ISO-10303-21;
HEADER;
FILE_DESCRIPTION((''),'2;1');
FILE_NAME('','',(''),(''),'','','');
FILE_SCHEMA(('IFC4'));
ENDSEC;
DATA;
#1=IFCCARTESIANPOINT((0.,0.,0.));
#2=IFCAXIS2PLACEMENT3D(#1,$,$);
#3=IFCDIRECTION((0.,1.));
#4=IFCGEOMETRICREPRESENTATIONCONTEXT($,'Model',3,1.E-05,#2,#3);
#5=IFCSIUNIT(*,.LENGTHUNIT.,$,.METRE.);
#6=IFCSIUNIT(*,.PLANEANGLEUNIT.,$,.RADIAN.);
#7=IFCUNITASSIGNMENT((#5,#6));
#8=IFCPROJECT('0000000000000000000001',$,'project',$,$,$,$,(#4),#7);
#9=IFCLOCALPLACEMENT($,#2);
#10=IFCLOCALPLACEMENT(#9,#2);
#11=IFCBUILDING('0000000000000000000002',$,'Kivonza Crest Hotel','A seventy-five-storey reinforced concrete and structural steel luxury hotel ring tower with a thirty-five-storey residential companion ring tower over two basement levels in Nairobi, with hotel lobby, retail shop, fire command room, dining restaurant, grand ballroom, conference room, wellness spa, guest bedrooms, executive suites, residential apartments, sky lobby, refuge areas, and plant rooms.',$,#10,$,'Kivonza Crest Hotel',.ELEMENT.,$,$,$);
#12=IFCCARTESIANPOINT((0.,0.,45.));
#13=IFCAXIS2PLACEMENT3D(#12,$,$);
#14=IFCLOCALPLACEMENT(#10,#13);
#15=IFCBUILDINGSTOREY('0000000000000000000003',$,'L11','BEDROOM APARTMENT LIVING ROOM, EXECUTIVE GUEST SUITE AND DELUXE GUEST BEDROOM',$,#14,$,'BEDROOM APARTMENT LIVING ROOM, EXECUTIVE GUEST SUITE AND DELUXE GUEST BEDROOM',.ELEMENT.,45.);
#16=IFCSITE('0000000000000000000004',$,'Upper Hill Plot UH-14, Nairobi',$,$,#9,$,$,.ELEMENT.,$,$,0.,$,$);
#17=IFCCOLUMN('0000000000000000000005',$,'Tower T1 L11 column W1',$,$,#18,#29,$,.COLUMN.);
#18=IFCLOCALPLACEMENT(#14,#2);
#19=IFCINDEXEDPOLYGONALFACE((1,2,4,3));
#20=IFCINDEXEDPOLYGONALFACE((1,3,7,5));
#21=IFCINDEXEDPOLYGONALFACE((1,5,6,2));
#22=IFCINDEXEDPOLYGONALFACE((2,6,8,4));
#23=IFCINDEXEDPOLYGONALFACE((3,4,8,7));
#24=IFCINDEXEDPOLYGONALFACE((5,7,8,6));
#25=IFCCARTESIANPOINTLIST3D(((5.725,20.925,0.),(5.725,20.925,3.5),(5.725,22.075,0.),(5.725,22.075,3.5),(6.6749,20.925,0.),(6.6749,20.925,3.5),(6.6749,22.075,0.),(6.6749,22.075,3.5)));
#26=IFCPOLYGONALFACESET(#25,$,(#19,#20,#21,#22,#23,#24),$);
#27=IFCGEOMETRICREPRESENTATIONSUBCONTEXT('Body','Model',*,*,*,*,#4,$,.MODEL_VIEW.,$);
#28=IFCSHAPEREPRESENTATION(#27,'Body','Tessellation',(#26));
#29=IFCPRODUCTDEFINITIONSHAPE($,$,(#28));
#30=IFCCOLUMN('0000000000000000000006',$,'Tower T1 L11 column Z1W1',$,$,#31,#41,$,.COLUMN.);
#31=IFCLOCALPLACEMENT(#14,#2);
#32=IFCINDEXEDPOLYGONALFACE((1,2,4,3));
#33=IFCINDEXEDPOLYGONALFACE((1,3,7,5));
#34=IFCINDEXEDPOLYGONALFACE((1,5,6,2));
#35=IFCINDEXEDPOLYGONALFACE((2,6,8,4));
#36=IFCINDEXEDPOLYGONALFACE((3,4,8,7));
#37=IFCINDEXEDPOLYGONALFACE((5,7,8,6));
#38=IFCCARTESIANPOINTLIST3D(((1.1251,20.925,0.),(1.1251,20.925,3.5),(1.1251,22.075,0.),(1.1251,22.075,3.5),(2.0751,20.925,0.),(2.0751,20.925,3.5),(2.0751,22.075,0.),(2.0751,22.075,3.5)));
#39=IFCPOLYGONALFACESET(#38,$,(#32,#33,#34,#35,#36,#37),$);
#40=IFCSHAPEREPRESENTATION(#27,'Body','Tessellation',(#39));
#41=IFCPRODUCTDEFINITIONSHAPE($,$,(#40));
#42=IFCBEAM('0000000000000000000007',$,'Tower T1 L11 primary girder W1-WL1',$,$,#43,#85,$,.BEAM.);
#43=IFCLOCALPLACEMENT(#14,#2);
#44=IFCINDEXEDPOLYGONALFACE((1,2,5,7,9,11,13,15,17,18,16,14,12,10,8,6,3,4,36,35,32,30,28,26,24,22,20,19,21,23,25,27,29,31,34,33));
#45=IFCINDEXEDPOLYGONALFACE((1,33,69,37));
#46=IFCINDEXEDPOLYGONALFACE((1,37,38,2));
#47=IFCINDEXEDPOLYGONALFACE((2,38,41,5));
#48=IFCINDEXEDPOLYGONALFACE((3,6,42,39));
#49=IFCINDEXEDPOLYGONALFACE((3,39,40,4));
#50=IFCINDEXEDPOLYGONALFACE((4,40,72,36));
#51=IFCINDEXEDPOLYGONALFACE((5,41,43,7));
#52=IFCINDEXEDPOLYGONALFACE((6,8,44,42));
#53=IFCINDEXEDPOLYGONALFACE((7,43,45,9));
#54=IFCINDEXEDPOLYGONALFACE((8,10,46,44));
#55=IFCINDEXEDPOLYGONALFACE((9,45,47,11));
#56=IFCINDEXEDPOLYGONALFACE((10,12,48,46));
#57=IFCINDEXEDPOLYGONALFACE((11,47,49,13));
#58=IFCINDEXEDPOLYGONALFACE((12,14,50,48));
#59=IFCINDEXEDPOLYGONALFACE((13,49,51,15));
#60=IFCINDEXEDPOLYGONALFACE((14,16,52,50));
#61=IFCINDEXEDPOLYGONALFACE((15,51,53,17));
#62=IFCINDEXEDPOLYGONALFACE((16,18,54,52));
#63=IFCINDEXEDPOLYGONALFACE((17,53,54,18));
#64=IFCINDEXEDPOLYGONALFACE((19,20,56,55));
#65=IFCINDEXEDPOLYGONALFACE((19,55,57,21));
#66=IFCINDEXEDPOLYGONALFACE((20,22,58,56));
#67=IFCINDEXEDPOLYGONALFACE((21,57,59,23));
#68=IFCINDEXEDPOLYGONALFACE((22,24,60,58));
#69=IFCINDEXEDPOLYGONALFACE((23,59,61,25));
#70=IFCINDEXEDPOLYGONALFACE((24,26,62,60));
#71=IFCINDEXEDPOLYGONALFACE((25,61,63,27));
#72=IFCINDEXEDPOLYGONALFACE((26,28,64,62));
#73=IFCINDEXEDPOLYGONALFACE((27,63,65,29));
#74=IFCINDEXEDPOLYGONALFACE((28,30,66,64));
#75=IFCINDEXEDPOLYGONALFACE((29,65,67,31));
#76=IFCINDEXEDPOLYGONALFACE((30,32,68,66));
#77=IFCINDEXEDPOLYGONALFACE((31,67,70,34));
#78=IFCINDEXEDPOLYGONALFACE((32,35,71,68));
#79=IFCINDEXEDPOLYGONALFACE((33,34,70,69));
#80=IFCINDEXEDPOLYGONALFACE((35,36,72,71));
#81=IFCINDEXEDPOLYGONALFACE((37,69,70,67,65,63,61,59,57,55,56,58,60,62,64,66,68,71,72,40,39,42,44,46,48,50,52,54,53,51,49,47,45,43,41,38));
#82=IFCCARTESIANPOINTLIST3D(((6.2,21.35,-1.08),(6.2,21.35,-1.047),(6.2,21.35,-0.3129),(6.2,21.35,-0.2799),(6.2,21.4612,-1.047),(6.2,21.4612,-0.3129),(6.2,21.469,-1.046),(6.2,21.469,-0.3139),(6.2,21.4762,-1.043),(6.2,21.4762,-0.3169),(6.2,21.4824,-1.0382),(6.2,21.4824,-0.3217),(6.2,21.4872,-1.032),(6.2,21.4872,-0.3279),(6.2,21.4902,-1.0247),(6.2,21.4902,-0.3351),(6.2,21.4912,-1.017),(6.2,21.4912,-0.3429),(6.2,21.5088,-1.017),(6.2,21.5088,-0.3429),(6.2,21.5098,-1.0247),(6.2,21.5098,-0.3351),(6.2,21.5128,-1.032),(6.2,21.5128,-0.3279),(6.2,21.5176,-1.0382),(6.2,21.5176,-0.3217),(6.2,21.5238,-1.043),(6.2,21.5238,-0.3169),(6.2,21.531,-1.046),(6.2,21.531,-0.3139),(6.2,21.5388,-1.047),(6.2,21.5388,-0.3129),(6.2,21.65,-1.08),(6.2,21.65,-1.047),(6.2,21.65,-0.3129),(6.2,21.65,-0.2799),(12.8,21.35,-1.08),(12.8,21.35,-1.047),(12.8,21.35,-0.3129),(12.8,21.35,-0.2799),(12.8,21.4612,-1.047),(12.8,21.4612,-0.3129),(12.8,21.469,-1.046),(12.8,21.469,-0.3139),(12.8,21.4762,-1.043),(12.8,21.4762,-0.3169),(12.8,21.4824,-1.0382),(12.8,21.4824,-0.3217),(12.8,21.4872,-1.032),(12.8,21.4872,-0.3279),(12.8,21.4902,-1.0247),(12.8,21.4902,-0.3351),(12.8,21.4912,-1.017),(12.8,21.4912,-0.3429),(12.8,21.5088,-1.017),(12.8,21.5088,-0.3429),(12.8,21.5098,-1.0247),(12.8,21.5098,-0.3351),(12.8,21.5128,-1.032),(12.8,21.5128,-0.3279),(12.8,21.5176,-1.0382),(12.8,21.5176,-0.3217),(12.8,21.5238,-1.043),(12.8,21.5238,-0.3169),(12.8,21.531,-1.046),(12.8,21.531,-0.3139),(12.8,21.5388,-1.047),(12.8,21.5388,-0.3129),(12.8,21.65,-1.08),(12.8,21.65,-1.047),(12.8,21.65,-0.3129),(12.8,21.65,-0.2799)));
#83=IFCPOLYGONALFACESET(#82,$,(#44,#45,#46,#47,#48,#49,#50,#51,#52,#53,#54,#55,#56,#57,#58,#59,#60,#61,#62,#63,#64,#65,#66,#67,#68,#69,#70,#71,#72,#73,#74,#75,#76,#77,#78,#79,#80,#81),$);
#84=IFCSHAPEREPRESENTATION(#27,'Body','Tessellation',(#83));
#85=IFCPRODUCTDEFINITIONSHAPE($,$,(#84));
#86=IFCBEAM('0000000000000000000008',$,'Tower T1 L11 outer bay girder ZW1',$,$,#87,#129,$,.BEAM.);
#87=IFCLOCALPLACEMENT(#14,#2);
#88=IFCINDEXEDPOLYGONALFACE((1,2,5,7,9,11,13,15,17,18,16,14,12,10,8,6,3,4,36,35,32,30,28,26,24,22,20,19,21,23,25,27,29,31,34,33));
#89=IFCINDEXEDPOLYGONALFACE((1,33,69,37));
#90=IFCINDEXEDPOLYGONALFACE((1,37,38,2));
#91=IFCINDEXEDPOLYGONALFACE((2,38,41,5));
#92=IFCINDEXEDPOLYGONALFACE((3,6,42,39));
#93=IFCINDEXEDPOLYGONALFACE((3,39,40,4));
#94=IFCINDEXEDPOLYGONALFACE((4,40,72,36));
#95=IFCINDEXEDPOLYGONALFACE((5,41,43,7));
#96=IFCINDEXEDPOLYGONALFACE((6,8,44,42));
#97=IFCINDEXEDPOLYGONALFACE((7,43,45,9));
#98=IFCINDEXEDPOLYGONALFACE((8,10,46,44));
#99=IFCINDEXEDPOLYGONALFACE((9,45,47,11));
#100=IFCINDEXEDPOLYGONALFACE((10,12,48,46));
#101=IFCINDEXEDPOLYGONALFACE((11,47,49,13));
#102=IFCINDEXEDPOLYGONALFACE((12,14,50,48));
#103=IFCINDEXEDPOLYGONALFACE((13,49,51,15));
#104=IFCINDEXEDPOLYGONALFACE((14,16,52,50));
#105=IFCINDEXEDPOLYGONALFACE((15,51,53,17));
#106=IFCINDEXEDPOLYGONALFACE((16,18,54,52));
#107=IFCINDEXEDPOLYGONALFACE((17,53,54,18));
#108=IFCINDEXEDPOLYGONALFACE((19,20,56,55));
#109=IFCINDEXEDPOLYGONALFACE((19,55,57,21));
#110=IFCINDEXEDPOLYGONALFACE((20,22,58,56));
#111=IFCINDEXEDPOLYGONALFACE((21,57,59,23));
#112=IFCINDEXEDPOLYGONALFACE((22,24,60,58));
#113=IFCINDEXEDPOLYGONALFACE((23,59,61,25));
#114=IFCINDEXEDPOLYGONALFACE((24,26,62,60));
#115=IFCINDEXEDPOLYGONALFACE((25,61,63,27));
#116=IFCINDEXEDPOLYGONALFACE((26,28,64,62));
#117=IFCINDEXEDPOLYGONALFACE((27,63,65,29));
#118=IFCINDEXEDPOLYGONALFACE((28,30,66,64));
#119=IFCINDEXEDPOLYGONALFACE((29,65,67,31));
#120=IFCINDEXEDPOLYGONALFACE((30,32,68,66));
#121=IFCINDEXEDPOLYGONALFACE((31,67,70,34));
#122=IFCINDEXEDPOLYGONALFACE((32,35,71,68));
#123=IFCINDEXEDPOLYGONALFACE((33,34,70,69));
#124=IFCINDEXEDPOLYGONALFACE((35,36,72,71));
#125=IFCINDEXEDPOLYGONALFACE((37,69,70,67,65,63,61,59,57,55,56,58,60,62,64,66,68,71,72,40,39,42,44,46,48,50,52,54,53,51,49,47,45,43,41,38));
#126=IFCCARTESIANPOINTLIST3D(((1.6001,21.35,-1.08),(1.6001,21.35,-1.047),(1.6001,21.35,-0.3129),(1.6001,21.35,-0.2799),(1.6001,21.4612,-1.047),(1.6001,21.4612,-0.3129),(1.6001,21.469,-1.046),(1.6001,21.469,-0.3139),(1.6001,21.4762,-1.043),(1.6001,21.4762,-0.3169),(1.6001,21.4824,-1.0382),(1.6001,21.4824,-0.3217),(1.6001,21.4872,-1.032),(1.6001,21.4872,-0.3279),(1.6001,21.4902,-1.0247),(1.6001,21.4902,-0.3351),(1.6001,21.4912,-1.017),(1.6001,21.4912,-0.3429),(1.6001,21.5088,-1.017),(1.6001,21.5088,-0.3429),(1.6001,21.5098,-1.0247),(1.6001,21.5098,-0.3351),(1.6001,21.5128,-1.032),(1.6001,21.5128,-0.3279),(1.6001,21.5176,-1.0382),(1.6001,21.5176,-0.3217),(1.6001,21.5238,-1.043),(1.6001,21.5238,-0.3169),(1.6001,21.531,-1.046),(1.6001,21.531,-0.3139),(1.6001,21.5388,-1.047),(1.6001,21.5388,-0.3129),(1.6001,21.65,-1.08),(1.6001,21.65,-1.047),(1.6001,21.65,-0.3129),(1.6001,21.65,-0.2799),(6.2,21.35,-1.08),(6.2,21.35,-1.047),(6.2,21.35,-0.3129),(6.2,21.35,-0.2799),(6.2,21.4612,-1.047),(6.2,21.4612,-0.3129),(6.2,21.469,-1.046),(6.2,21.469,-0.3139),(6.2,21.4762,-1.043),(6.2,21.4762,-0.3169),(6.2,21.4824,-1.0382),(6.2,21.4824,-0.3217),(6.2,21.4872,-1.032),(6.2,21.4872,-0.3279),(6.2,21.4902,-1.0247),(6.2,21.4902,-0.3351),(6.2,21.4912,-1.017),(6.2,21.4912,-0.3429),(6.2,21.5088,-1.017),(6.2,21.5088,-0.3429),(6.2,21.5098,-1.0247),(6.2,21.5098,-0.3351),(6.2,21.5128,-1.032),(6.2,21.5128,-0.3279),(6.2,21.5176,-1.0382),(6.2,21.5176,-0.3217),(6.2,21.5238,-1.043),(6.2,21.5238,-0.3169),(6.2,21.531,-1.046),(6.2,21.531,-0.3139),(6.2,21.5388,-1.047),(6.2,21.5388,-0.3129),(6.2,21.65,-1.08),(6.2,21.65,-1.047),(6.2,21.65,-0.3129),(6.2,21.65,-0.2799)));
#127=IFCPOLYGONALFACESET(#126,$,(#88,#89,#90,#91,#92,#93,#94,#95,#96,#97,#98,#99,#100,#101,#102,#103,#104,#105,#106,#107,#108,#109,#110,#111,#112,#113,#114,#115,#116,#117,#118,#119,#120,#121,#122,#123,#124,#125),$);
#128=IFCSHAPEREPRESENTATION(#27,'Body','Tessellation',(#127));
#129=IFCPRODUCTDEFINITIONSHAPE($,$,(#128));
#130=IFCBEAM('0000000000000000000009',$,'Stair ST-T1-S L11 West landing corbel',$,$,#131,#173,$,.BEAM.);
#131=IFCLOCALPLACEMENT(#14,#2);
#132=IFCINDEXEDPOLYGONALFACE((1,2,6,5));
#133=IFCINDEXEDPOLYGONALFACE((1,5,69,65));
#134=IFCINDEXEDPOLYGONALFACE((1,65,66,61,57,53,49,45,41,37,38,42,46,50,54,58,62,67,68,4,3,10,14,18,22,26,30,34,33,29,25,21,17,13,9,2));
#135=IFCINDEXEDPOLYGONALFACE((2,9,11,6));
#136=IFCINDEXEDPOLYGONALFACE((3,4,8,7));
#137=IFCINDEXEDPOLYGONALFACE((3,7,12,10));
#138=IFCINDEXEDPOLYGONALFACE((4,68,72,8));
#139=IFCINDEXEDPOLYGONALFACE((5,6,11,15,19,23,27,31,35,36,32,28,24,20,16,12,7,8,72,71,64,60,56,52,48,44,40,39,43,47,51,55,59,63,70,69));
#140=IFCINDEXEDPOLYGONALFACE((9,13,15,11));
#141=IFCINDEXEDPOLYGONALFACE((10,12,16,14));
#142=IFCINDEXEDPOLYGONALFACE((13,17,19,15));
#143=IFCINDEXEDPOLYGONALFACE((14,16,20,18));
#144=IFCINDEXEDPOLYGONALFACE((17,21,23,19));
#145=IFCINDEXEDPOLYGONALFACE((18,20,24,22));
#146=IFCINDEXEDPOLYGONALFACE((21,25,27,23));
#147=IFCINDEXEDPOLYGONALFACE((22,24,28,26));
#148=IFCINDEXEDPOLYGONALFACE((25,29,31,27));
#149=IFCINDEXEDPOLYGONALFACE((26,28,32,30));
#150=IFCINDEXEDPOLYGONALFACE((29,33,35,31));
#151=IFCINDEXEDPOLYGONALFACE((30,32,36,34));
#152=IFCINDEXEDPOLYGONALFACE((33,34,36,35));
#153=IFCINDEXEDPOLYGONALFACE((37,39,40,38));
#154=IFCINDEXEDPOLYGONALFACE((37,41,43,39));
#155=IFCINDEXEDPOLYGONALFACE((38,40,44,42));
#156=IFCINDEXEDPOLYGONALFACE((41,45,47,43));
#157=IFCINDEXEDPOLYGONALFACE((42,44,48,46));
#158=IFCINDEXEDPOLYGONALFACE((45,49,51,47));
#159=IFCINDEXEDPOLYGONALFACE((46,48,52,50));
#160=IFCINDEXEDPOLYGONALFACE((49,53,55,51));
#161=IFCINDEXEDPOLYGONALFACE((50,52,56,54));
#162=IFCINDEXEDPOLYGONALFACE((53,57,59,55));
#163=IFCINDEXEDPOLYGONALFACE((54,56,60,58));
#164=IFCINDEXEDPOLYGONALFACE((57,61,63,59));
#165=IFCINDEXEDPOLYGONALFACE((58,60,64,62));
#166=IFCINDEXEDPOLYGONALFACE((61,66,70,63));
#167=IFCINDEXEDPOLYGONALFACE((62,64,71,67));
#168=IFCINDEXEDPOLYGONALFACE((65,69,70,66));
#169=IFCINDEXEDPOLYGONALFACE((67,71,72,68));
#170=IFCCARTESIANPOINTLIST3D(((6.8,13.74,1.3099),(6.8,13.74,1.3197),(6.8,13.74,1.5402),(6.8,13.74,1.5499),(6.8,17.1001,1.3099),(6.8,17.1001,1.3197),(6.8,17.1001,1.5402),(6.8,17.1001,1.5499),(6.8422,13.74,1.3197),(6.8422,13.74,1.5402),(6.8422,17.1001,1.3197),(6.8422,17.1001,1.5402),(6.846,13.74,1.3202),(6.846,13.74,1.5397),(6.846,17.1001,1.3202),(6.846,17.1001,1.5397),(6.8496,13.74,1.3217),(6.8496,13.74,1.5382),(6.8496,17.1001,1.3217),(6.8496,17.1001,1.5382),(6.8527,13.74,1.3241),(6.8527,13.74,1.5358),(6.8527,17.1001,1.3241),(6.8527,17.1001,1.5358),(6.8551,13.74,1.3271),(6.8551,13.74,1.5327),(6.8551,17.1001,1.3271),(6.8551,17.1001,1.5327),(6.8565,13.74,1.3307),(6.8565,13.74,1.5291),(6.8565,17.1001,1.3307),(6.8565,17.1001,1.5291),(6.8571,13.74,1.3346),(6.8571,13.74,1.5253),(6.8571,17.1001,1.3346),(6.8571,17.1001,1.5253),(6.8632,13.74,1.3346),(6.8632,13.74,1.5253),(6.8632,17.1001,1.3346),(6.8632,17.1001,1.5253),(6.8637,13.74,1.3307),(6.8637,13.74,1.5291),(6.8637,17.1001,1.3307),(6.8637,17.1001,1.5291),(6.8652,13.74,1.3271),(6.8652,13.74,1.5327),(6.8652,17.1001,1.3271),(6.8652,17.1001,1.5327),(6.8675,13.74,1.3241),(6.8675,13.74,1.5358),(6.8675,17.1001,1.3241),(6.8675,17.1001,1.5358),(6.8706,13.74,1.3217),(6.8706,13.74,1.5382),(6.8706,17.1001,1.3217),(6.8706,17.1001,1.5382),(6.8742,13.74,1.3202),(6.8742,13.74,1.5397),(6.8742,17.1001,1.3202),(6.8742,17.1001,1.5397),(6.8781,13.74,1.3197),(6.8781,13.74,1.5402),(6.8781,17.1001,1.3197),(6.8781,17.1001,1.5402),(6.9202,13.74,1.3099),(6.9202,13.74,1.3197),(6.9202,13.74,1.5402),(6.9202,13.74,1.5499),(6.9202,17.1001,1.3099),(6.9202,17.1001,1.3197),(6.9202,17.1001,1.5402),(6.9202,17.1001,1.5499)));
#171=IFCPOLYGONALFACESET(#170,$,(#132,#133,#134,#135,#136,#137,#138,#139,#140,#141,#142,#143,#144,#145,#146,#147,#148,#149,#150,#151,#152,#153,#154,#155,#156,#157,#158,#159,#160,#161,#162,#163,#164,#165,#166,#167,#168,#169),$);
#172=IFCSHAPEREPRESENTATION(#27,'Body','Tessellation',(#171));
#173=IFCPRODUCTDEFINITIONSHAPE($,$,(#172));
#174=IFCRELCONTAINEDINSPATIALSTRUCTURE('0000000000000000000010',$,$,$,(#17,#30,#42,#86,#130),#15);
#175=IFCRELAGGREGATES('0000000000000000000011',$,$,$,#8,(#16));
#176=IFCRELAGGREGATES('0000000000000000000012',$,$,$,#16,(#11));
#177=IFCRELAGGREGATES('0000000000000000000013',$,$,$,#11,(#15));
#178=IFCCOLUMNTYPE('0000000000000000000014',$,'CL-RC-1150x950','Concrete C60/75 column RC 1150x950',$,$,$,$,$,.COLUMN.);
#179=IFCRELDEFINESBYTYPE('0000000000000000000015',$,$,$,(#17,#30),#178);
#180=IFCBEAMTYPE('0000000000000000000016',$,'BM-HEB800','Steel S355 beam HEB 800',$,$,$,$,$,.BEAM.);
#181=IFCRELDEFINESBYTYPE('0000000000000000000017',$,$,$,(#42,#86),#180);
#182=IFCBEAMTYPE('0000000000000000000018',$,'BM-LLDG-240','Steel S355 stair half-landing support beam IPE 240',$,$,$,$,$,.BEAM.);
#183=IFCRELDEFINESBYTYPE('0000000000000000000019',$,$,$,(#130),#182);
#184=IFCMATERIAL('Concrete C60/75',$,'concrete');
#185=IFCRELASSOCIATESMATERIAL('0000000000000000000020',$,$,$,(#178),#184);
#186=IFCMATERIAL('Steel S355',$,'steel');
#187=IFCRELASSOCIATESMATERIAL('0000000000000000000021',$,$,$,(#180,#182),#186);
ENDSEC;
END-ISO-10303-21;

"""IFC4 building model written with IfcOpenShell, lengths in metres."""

from ifc_helpers import new_model, si_unit, direction, frame, origin, origin_2d, place, context, subcontext, project, spatial, rectangle, i_section, extrude, material, material_profile, profile_set, type_object, element, save


model = new_model("IFC4")

# Units and contexts
model_context = context("Model", 3, precision=1e-05, world=origin(), true_north=direction((0.0, 1.0)))
body_context = subcontext(model_context, "Body", "Model", "MODEL_VIEW")
ifc_project = project(units=[si_unit("LENGTHUNIT", "METRE"), si_unit("PLANEANGLEUNIT", "RADIAN")], contexts=[model_context])

# Site, building, storey
site_placement = place(None, origin())
site = spatial("IfcSite", under=ifc_project, at=site_placement, Name="Upper Hill Plot UH-14, Nairobi", CompositionType="ELEMENT", RefElevation=0.0)
building_placement = place(site_placement, origin())
building = spatial("IfcBuilding", under=site, at=building_placement, Name="Kivonza Crest Hotel", Description="A seventy-five-storey reinforced concrete and structural steel luxury hotel ring tower with a thirty-five-storey residential companion ring tower over two basement levels in Nairobi, with hotel lobby, retail shop, fire command room, dining restaurant, grand ballroom, conference room, wellness spa, guest bedrooms, executive suites, residential apartments, sky lobby, refuge areas, and plant rooms.", LongName="Kivonza Crest Hotel", CompositionType="ELEMENT")
storey_placement = place(building_placement, frame((0.0, 0.0, 45.0)))
storey = spatial("IfcBuildingStorey", under=building, at=storey_placement, Name="L11", Description="BEDROOM APARTMENT LIVING ROOM, EXECUTIVE GUEST SUITE AND DELUXE GUEST BEDROOM", LongName="BEDROOM APARTMENT LIVING ROOM, EXECUTIVE GUEST SUITE AND DELUXE GUEST BEDROOM", CompositionType="ELEMENT", Elevation=45.0)

# Columns
ifc_material_1 = material(Name="Concrete C60/75", Category="concrete")
ifc_material_profile_1 = material_profile(ifc_material_1, rectangle(XDim=0.95, YDim=1.1499, at=origin_2d()), Name="RC 1150x950")
ifc_profile_set_1 = profile_set([ifc_material_profile_1], Name="Concrete C60/75")
column_type = type_object("IfcColumnType", Name="CL-RC-1150x950", Description="Concrete C60/75 column RC 1150x950", PredefinedType="COLUMN", material=ifc_profile_set_1)
for number, where, z_axis, x_axis, name in (
    (1, (6.2, 21.5, 0.0), (0.0, 0.0, 1.0), (1.0, 0.0, 0.0), "Tower T1 L11 column W1"),
    (2, (1.6001, 21.5, 0.0), (0.0, 0.0, 1.0), (1.0, 0.0, 0.0), "Tower T1 L11 column Z1W1"),
):
    element("IfcColumn", number, at=place(storey_placement, frame(where, z_axis=z_axis, x_axis=x_axis)), inside=storey, type_object=column_type, Name=name, PredefinedType="COLUMN", context=body_context, shape_type="SweptSolid", body=[
        extrude(rectangle(XDim=0.95, YDim=1.1499, at=origin_2d()), origin(), (0.0, 0.0, 1.0), 3.5),
    ])

# Beams
ifc_material_2 = material(Name="Steel S355", Category="steel")
ifc_material_profile_2 = material_profile(ifc_material_2, i_section(OverallWidth=0.3, OverallDepth=0.8, WebThickness=0.0176, FlangeThickness=0.033, FilletRadius=0.03, at=origin_2d()), Name="HEB 800")
ifc_profile_set_2 = profile_set([ifc_material_profile_2], Name="Steel S355")
beam_type_1 = type_object("IfcBeamType", Name="BM-HEB800", Description="Steel S355 beam HEB 800", PredefinedType="BEAM", material=ifc_profile_set_2)
beam_1_placement = place(storey_placement, frame((6.2, 21.5, -0.6799), z_axis=(1.0, 0.0, 0.0), x_axis=(0.0, 1.0, 0.0)))
element("IfcBeam", 3, at=beam_1_placement, inside=storey, type_object=beam_type_1, Name="Tower T1 L11 primary girder W1-WL1", PredefinedType="BEAM", context=body_context, shape_type="SweptSolid", body=[
    extrude(i_section(OverallWidth=0.3, OverallDepth=0.8, WebThickness=0.0176, FlangeThickness=0.033, FilletRadius=0.03, at=origin_2d()), origin(), (0.0, 0.0, 1.0), 6.6001),
])
beam_2_placement = place(storey_placement, frame((1.6001, 21.5, -0.6799), z_axis=(1.0, 0.0, 0.0), x_axis=(0.0, 1.0, 0.0)))
element("IfcBeam", 4, at=beam_2_placement, inside=storey, type_object=beam_type_1, Name="Tower T1 L11 outer bay girder ZW1", PredefinedType="BEAM", context=body_context, shape_type="SweptSolid", body=[
    extrude(i_section(OverallWidth=0.3, OverallDepth=0.8, WebThickness=0.0176, FlangeThickness=0.033, FilletRadius=0.03, at=origin_2d()), origin(), (0.0, 0.0, 1.0), 4.5999),
])
ifc_material_profile_3 = material_profile(ifc_material_2, i_section(OverallWidth=0.1201, OverallDepth=0.24, WebThickness=0.0061, FlangeThickness=0.0098, FilletRadius=0.0149, at=origin_2d()), Name="IPE 240")
ifc_profile_set_3 = profile_set([ifc_material_profile_3], Name="Steel S355")
beam_type_2 = type_object("IfcBeamType", Name="BM-LLDG-240", Description="Steel S355 stair half-landing support beam IPE 240", PredefinedType="BEAM", material=ifc_profile_set_3)
beam_3_placement = place(storey_placement, frame((6.8601, 13.74, 1.4299), z_axis=(0.0, 1.0, 0.0), x_axis=(-1.0, 0.0, 0.0)))
element("IfcBeam", 5, at=beam_3_placement, inside=storey, type_object=beam_type_2, Name="Stair ST-T1-S L11 West landing corbel", PredefinedType="BEAM", context=body_context, shape_type="SweptSolid", body=[
    extrude(i_section(OverallWidth=0.1201, OverallDepth=0.24, WebThickness=0.0061, FlangeThickness=0.0098, FilletRadius=0.0149, at=origin_2d()), origin(), (0.0, 0.0, 1.0), 3.3601),
])

save(model, "model.ifc")
